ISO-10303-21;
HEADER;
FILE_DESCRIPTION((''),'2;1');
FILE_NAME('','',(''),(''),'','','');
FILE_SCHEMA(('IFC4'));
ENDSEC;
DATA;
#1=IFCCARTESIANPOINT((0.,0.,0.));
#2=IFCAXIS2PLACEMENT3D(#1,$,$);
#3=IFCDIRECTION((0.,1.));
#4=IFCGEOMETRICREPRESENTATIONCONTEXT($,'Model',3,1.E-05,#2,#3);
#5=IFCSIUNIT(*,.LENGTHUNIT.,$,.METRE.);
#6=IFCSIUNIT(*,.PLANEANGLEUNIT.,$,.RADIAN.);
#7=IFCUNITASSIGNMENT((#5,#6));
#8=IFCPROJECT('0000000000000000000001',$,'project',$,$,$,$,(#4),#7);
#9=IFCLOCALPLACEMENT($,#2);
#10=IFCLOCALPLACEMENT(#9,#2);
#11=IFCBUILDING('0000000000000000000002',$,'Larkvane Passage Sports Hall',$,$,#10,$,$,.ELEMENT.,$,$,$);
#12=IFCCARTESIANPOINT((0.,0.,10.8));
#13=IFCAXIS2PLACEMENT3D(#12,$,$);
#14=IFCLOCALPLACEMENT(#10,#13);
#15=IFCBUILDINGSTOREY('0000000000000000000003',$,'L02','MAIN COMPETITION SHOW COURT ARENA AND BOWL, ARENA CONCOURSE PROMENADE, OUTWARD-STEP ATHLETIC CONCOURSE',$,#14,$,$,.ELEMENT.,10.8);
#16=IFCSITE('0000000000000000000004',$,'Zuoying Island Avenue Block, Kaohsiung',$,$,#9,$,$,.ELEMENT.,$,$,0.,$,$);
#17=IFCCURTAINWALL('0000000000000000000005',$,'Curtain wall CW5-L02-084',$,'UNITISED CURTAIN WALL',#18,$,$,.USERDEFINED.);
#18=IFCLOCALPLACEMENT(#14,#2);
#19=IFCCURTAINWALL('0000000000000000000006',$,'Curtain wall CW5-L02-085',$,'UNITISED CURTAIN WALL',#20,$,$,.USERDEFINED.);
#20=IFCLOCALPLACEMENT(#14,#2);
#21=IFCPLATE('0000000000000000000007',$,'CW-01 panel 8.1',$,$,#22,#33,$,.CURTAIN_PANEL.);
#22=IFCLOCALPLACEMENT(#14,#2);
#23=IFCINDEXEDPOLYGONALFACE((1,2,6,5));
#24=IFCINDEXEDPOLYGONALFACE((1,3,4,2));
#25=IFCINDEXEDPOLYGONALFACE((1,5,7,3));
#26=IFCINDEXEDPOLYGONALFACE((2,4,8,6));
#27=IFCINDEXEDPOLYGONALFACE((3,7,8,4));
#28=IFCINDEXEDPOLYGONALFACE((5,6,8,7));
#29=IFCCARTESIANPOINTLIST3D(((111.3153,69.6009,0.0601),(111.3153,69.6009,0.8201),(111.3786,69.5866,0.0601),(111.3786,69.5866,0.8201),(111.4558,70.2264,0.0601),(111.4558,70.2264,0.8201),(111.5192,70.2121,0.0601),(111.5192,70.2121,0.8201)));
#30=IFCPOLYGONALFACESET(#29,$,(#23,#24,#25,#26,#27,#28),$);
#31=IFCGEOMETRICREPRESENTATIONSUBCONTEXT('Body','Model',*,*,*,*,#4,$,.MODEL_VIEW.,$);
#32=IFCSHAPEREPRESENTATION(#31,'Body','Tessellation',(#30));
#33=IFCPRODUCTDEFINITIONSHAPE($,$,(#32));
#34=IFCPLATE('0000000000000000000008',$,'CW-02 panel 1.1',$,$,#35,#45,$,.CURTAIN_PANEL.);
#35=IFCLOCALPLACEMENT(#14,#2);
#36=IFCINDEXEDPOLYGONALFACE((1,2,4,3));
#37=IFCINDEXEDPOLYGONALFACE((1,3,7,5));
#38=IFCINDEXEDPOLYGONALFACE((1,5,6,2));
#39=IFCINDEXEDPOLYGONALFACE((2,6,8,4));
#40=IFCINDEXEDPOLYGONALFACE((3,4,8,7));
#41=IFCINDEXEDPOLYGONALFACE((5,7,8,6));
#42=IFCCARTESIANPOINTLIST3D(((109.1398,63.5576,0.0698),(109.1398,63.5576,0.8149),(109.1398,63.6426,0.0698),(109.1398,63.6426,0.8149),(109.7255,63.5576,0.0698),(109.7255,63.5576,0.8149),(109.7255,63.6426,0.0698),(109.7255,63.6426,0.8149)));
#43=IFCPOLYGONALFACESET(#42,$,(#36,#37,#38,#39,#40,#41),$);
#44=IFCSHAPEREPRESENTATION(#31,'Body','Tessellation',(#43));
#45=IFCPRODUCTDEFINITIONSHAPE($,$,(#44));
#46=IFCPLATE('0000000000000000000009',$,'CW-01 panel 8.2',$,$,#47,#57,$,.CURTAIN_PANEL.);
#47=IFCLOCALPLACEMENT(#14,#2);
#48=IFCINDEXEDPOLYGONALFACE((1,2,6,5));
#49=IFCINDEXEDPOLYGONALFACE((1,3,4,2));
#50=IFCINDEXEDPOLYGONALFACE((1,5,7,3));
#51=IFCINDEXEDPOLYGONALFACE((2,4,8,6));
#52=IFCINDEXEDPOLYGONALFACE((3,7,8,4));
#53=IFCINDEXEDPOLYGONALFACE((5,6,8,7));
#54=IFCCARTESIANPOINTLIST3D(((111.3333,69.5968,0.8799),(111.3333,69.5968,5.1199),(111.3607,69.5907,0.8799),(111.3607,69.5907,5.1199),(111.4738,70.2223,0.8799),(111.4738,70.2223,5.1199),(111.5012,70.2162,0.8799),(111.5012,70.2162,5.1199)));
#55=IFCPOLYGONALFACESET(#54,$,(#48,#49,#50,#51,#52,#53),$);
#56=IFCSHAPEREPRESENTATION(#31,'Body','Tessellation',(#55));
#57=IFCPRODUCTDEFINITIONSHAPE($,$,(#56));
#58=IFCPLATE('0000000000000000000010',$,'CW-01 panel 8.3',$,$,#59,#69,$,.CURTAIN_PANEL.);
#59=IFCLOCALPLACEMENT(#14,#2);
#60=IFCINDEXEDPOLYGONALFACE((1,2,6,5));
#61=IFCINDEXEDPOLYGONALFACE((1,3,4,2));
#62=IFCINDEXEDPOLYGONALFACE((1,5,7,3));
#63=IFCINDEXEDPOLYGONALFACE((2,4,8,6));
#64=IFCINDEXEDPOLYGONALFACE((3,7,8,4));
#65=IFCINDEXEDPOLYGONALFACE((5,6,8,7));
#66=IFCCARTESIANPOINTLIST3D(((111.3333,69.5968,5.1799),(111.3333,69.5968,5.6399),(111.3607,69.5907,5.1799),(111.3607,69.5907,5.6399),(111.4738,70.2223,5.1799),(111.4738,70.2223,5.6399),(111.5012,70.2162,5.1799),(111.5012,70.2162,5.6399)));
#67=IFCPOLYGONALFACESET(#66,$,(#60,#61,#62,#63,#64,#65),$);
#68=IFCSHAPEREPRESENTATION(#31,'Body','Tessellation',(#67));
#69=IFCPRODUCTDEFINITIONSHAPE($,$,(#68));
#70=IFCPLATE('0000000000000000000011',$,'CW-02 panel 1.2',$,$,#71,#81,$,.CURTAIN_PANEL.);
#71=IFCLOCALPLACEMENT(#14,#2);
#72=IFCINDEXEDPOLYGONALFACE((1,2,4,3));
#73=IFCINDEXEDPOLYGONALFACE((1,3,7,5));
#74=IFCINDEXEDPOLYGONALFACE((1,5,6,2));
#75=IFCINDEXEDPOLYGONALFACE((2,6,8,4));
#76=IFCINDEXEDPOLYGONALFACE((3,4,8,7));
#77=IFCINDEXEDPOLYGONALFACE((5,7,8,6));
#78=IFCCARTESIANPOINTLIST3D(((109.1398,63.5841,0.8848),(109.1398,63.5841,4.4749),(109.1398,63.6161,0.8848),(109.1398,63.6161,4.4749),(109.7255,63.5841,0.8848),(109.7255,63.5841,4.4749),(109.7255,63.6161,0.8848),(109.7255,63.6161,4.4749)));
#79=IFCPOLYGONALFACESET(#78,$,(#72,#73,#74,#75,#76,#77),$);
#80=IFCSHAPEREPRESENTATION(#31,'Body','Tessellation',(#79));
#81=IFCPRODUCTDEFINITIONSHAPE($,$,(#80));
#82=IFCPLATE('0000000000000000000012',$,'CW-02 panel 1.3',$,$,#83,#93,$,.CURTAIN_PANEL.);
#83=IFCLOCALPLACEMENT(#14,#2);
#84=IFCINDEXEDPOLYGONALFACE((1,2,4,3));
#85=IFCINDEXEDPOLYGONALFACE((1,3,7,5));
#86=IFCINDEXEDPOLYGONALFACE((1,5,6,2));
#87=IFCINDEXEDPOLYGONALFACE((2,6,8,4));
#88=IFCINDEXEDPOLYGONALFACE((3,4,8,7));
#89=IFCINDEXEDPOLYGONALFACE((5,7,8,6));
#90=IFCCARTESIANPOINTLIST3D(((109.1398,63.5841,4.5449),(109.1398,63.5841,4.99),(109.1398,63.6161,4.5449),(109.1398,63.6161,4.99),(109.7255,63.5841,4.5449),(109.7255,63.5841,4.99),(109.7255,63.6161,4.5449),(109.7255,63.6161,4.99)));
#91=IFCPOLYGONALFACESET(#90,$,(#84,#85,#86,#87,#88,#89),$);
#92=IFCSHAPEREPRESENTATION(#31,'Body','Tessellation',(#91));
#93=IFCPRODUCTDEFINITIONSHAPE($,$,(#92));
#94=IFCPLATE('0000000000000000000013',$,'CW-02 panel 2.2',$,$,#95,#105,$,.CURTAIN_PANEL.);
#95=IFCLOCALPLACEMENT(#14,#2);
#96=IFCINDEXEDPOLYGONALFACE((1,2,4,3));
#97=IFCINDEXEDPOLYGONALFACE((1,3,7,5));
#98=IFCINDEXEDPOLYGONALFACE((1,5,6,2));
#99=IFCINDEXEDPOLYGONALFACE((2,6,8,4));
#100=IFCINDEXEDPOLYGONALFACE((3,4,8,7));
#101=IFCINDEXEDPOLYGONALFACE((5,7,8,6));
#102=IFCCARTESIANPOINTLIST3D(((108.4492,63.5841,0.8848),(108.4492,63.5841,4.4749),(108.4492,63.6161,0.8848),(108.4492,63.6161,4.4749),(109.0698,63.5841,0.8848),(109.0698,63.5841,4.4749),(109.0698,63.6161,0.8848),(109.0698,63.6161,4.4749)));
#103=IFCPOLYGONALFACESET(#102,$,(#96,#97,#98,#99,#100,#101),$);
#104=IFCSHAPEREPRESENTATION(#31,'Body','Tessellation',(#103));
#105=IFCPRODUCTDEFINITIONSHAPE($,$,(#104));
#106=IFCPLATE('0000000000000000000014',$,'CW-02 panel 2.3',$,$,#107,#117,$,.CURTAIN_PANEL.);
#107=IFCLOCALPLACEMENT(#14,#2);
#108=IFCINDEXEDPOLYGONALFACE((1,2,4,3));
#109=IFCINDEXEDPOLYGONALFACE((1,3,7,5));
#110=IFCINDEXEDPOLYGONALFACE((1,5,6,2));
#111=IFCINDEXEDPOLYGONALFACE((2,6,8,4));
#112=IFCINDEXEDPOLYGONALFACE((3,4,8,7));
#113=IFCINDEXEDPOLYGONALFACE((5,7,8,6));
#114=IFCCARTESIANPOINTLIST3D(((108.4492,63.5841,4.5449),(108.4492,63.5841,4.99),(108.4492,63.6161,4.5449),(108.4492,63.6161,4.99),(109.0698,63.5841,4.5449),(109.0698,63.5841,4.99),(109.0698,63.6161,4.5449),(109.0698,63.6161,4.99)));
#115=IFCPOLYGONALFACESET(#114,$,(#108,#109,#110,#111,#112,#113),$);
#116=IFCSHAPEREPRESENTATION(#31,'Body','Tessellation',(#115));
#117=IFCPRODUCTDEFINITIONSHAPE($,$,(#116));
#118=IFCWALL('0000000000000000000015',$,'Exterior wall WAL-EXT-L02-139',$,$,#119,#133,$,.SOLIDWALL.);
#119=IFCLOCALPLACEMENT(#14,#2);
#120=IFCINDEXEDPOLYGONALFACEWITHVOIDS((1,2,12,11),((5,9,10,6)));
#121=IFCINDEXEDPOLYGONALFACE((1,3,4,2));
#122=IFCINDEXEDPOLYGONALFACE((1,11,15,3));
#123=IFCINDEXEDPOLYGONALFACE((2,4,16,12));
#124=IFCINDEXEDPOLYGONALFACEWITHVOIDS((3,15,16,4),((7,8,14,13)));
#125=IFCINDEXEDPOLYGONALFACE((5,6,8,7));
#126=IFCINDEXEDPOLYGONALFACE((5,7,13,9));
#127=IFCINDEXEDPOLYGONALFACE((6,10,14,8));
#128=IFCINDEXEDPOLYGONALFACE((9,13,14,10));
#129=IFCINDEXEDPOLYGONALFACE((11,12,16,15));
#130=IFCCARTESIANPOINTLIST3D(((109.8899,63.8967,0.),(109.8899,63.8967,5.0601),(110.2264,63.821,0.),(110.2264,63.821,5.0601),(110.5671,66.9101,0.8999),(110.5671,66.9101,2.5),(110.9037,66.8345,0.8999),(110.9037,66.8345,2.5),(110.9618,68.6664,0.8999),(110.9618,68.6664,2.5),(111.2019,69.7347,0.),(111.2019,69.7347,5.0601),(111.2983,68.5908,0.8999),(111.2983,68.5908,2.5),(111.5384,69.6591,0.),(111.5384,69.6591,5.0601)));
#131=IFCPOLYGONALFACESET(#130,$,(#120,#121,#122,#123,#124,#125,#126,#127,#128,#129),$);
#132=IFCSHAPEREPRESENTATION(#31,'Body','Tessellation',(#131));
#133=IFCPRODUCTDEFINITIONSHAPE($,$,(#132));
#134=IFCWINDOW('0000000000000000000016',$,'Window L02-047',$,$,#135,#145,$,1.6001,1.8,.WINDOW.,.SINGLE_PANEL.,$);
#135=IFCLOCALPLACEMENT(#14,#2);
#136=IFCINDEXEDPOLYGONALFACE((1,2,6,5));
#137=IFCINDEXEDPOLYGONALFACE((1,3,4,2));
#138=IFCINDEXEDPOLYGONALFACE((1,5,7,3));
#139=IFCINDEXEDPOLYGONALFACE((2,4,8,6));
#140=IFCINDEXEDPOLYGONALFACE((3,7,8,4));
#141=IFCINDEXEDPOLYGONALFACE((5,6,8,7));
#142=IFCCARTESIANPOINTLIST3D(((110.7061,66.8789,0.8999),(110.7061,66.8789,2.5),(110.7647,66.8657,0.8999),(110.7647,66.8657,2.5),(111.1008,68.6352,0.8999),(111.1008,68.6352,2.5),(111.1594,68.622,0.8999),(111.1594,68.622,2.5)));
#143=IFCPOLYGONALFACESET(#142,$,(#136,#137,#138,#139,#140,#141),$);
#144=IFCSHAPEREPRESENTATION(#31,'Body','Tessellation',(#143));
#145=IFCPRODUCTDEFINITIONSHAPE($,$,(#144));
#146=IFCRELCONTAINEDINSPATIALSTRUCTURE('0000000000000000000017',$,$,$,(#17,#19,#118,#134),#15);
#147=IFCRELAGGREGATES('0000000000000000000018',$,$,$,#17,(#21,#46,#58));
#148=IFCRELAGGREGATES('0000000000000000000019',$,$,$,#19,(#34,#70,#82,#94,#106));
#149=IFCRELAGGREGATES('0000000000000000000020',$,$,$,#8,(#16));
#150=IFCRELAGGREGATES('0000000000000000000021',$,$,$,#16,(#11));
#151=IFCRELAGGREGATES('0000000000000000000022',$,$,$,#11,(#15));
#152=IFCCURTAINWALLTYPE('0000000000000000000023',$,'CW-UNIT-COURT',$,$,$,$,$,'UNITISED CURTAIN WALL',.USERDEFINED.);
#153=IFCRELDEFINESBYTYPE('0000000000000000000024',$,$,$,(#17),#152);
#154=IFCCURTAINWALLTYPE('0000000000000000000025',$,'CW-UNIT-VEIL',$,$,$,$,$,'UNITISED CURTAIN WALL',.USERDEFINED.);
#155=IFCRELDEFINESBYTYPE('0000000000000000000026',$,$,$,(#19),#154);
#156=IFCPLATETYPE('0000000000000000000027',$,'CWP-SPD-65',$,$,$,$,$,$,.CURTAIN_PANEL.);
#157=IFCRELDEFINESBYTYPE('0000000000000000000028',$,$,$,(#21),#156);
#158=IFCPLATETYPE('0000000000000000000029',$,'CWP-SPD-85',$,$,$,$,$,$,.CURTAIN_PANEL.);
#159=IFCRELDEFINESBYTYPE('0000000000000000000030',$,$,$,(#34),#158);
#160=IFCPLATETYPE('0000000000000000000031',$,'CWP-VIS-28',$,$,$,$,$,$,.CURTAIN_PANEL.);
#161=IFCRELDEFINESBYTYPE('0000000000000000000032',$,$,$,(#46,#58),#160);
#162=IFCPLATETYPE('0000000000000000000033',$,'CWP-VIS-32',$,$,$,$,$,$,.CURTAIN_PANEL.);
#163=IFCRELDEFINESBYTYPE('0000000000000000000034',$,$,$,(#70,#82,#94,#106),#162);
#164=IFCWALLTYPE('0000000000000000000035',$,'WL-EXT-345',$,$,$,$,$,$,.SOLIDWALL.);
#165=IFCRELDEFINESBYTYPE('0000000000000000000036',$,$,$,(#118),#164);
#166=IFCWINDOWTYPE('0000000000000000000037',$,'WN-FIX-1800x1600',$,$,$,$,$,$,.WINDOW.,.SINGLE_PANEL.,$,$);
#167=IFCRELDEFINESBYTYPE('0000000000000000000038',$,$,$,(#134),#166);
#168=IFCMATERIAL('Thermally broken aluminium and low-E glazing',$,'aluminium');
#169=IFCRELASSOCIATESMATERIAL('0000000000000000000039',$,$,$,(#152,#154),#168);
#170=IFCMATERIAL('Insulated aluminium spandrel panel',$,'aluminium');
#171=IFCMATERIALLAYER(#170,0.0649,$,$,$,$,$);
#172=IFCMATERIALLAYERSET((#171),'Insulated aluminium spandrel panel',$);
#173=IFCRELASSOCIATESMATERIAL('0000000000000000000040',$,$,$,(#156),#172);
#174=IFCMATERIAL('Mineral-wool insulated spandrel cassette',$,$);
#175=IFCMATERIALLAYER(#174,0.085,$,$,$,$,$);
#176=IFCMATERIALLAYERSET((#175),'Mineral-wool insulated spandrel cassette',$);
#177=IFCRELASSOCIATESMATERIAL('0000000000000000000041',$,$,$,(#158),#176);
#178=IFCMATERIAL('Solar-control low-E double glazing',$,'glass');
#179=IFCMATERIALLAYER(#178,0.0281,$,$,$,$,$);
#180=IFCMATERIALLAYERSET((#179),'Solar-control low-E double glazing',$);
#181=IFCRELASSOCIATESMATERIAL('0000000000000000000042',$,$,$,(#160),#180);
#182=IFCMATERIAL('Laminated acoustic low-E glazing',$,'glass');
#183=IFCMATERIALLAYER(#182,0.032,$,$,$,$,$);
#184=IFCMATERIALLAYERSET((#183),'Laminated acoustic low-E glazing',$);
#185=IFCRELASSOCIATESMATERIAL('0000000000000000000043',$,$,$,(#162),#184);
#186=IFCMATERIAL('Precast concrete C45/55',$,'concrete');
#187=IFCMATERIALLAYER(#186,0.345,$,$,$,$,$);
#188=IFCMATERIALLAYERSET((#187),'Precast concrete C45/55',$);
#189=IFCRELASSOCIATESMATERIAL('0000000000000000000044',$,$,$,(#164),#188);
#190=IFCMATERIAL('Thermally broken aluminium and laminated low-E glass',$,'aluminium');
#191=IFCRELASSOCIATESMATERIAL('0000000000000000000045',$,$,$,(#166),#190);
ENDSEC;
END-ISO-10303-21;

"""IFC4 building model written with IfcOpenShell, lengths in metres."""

from ifc_helpers import new_model, si_unit, direction, frame, frame_2d, origin, origin_2d, place, context, subcontext, project, spatial, rectangle, extrude, material, layer, layer_set, type_object, element, fill, aggregate, save


model = new_model("IFC4")

# Units and contexts
model_context = context("Model", 3, precision=1e-05, world=origin(), true_north=direction((0.0, 1.0)))
body_context = subcontext(model_context, "Body", "Model", "MODEL_VIEW")
ifc_project = project(units=[si_unit("LENGTHUNIT", "METRE"), si_unit("PLANEANGLEUNIT", "RADIAN")], contexts=[model_context])

# Site, building, storey
site_placement = place(None, origin())
site = spatial("IfcSite", under=ifc_project, at=site_placement, Name="Zuoying Island Avenue Block, Kaohsiung", CompositionType="ELEMENT", RefElevation=0.0)
building_placement = place(site_placement, origin())
building = spatial("IfcBuilding", under=site, at=building_placement, Name="Larkvane Passage Sports Hall", CompositionType="ELEMENT")
storey_placement = place(building_placement, frame((0.0, 0.0, 10.8)))
storey = spatial("IfcBuildingStorey", under=building, at=storey_placement, Name="L02", Description="MAIN COMPETITION SHOW COURT ARENA AND BOWL, ARENA CONCOURSE PROMENADE, OUTWARD-STEP ATHLETIC CONCOURSE", CompositionType="ELEMENT", Elevation=10.8)

# Curtain walls
ifc_material_1 = material(Name="Thermally broken aluminium and low-E glazing", Category="aluminium")
curtain_wall_type_1 = type_object("IfcCurtainWallType", Name="CW-UNIT-COURT", ElementType="UNITISED CURTAIN WALL", PredefinedType="USERDEFINED", material=ifc_material_1)
curtain_wall_1_placement = place(storey_placement, origin())
curtain_wall_1 = element("IfcCurtainWall", 1, at=curtain_wall_1_placement, inside=storey, type_object=curtain_wall_type_1, Name="Curtain wall CW5-L02-084", ObjectType="UNITISED CURTAIN WALL", PredefinedType="USERDEFINED")
curtain_wall_type_2 = type_object("IfcCurtainWallType", Name="CW-UNIT-VEIL", ElementType="UNITISED CURTAIN WALL", PredefinedType="USERDEFINED", material=ifc_material_1)
curtain_wall_2_placement = place(storey_placement, origin())
curtain_wall_2 = element("IfcCurtainWall", 2, at=curtain_wall_2_placement, inside=storey, type_object=curtain_wall_type_2, Name="Curtain wall CW5-L02-085", ObjectType="UNITISED CURTAIN WALL", PredefinedType="USERDEFINED")

# Plates
ifc_material_2 = material(Name="Insulated aluminium spandrel panel", Category="aluminium")
ifc_layer_1 = layer(ifc_material_2, 0.0649)
ifc_layer_set_1 = layer_set([ifc_layer_1], Name="Insulated aluminium spandrel panel")
plate_type_1 = type_object("IfcPlateType", Name="CWP-SPD-65", PredefinedType="CURTAIN_PANEL", material=ifc_layer_set_1)
plate_1_placement = place(storey_placement, frame((111.4172, 69.9065, 0.0601), z_axis=(0.0, 0.0, 1.0), x_axis=(-0.219244, -0.97567, 0.0)))
plate_1 = element("IfcPlate", 3, at=plate_1_placement, type_object=plate_type_1, Name="CW-01 panel 8.1", PredefinedType="CURTAIN_PANEL", context=body_context, shape_type="SweptSolid", body=[
    extrude(rectangle(XDim=0.6411, YDim=0.0649, at=origin_2d()), origin(), (0.0, 0.0, 1.0), 0.76),
])
ifc_material_3 = material(Name="Mineral-wool insulated spandrel cassette")
ifc_layer_2 = layer(ifc_material_3, 0.085)
ifc_layer_set_2 = layer_set([ifc_layer_2], Name="Mineral-wool insulated spandrel cassette")
plate_type_2 = type_object("IfcPlateType", Name="CWP-SPD-85", PredefinedType="CURTAIN_PANEL", material=ifc_layer_set_2)
plate_2_placement = place(storey_placement, frame((109.4326, 63.6001, 0.0698), z_axis=(0.0, 0.0, 1.0), x_axis=(-1.0, 0.0, 0.0)))
plate_2 = element("IfcPlate", 4, at=plate_2_placement, type_object=plate_type_2, Name="CW-02 panel 1.1", PredefinedType="CURTAIN_PANEL", context=body_context, shape_type="SweptSolid", body=[
    extrude(rectangle(XDim=0.5857, YDim=0.085, at=origin_2d()), origin(), (0.0, 0.0, 1.0), 0.7451),
])
ifc_material_4 = material(Name="Solar-control low-E double glazing", Category="glass")
ifc_layer_3 = layer(ifc_material_4, 0.0281)
ifc_layer_set_3 = layer_set([ifc_layer_3], Name="Solar-control low-E double glazing")
plate_type_3 = type_object("IfcPlateType", Name="CWP-VIS-28", PredefinedType="CURTAIN_PANEL", material=ifc_layer_set_3)
plate_3_placement = place(storey_placement, frame((111.4172, 69.9065, 0.8799), z_axis=(0.0, 0.0, 1.0), x_axis=(-0.219244, -0.97567, 0.0)))
plate_3 = element("IfcPlate", 5, at=plate_3_placement, type_object=plate_type_3, Name="CW-01 panel 8.2", PredefinedType="CURTAIN_PANEL", context=body_context, shape_type="SweptSolid", body=[
    extrude(rectangle(XDim=0.6411, YDim=0.0281, at=origin_2d()), origin(), (0.0, 0.0, 1.0), 4.24),
])
plate_4_placement = place(storey_placement, frame((111.4172, 69.9065, 5.1799), z_axis=(0.0, 0.0, 1.0), x_axis=(-0.219244, -0.97567, 0.0)))
plate_4 = element("IfcPlate", 6, at=plate_4_placement, type_object=plate_type_3, Name="CW-01 panel 8.3", PredefinedType="CURTAIN_PANEL", context=body_context, shape_type="SweptSolid", body=[
    extrude(rectangle(XDim=0.6411, YDim=0.0281, at=origin_2d()), origin(), (0.0, 0.0, 1.0), 0.46),
])
aggregate(curtain_wall_1, [plate_1, plate_3, plate_4])
ifc_material_5 = material(Name="Laminated acoustic low-E glazing", Category="glass")
ifc_layer_4 = layer(ifc_material_5, 0.032)
ifc_layer_set_4 = layer_set([ifc_layer_4], Name="Laminated acoustic low-E glazing")
plate_type_4 = type_object("IfcPlateType", Name="CWP-VIS-32", PredefinedType="CURTAIN_PANEL", material=ifc_layer_set_4)
plate_5_placement = place(storey_placement, frame((109.4326, 63.6001, 0.8848), z_axis=(0.0, 0.0, 1.0), x_axis=(-1.0, 0.0, 0.0)))
plate_5 = element("IfcPlate", 7, at=plate_5_placement, type_object=plate_type_4, Name="CW-02 panel 1.2", PredefinedType="CURTAIN_PANEL", context=body_context, shape_type="SweptSolid", body=[
    extrude(rectangle(XDim=0.5857, YDim=0.032, at=origin_2d()), origin(), (0.0, 0.0, 1.0), 3.5901),
])
plate_6_placement = place(storey_placement, frame((109.4326, 63.6001, 4.5449), z_axis=(0.0, 0.0, 1.0), x_axis=(-1.0, 0.0, 0.0)))
plate_6 = element("IfcPlate", 8, at=plate_6_placement, type_object=plate_type_4, Name="CW-02 panel 1.3", PredefinedType="CURTAIN_PANEL", context=body_context, shape_type="SweptSolid", body=[
    extrude(rectangle(XDim=0.5857, YDim=0.032, at=origin_2d()), origin(), (0.0, 0.0, 1.0), 0.4451),
])
plate_7_placement = place(storey_placement, frame((108.7595, 63.6001, 0.8848), z_axis=(0.0, 0.0, 1.0), x_axis=(-1.0, 0.0, 0.0)))
plate_7 = element("IfcPlate", 9, at=plate_7_placement, type_object=plate_type_4, Name="CW-02 panel 2.2", PredefinedType="CURTAIN_PANEL", context=body_context, shape_type="SweptSolid", body=[
    extrude(rectangle(XDim=0.6206, YDim=0.032, at=origin_2d()), origin(), (0.0, 0.0, 1.0), 3.5901),
])
plate_8_placement = place(storey_placement, frame((108.7595, 63.6001, 4.5449), z_axis=(0.0, 0.0, 1.0), x_axis=(-1.0, 0.0, 0.0)))
plate_8 = element("IfcPlate", 10, at=plate_8_placement, type_object=plate_type_4, Name="CW-02 panel 2.3", PredefinedType="CURTAIN_PANEL", context=body_context, shape_type="SweptSolid", body=[
    extrude(rectangle(XDim=0.6206, YDim=0.032, at=origin_2d()), origin(), (0.0, 0.0, 1.0), 0.4451),
])
aggregate(curtain_wall_2, [plate_2, plate_5, plate_6, plate_7, plate_8])

# Wall, opening, window
ifc_material_6 = material(Name="Precast concrete C45/55", Category="concrete")
ifc_layer_5 = layer(ifc_material_6, 0.345)
ifc_layer_set_5 = layer_set([ifc_layer_5], Name="Precast concrete C45/55")
wall_type = type_object("IfcWallType", Name="WL-EXT-345", PredefinedType="SOLIDWALL", material=ifc_layer_set_5)
wall_placement = place(storey_placement, frame((111.3701, 69.6968, 0.0), z_axis=(0.0, 0.0, 1.0), x_axis=(-0.219263, -0.975666, 0.0)))
wall = element("IfcWall", 11, at=wall_placement, inside=storey, type_object=wall_type, Name="Exterior wall WAL-EXT-L02-139", PredefinedType="SOLIDWALL", context=body_context, shape_type="SweptSolid", body=[
    extrude(rectangle(XDim=5.9836, YDim=0.345, at=frame_2d((2.9917, 0.0))), origin(), (0.0, 0.0, 1.0), 5.0601),
])
opening_placement = place(wall_placement, frame((1.095, 0.0, 0.8999)))
opening = element("IfcOpeningElement", 12, at=opening_placement, cuts=wall, PredefinedType="OPENING", context=body_context, shape_type="SweptSolid", body=[
    extrude(rectangle(XDim=1.8, YDim=1.6001, at=frame_2d((0.8999, 0.8))), frame((0.0, 0.1824, 0.0), z_axis=(0.0, -1.0, 0.0), x_axis=(1.0, 0.0, 0.0)), (0.0, 0.0, 1.0), 0.365),
])
ifc_material_7 = material(Name="Thermally broken aluminium and laminated low-E glass", Category="aluminium")
window_type = type_object("IfcWindowType", Name="WN-FIX-1800x1600", PartitioningType="SINGLE_PANEL", PredefinedType="WINDOW", material=ifc_material_7)
window_placement = place(opening_placement, origin())
window = element("IfcWindow", 13, at=window_placement, inside=storey, type_object=window_type, Name="Window L02-047", OverallHeight=1.6001, OverallWidth=1.8, PartitioningType="SINGLE_PANEL", PredefinedType="WINDOW", context=body_context, shape_type="SweptSolid", body=[
    extrude(rectangle(XDim=1.8, YDim=1.6001, at=frame_2d((0.8999, 0.8))), frame((0.0, 0.03, 0.0), z_axis=(0.0, -1.0, 0.0), x_axis=(1.0, 0.0, 0.0)), (0.0, 0.0, 1.0), 0.0601),
])
fill(opening, window)

save(model, "model.ifc")
